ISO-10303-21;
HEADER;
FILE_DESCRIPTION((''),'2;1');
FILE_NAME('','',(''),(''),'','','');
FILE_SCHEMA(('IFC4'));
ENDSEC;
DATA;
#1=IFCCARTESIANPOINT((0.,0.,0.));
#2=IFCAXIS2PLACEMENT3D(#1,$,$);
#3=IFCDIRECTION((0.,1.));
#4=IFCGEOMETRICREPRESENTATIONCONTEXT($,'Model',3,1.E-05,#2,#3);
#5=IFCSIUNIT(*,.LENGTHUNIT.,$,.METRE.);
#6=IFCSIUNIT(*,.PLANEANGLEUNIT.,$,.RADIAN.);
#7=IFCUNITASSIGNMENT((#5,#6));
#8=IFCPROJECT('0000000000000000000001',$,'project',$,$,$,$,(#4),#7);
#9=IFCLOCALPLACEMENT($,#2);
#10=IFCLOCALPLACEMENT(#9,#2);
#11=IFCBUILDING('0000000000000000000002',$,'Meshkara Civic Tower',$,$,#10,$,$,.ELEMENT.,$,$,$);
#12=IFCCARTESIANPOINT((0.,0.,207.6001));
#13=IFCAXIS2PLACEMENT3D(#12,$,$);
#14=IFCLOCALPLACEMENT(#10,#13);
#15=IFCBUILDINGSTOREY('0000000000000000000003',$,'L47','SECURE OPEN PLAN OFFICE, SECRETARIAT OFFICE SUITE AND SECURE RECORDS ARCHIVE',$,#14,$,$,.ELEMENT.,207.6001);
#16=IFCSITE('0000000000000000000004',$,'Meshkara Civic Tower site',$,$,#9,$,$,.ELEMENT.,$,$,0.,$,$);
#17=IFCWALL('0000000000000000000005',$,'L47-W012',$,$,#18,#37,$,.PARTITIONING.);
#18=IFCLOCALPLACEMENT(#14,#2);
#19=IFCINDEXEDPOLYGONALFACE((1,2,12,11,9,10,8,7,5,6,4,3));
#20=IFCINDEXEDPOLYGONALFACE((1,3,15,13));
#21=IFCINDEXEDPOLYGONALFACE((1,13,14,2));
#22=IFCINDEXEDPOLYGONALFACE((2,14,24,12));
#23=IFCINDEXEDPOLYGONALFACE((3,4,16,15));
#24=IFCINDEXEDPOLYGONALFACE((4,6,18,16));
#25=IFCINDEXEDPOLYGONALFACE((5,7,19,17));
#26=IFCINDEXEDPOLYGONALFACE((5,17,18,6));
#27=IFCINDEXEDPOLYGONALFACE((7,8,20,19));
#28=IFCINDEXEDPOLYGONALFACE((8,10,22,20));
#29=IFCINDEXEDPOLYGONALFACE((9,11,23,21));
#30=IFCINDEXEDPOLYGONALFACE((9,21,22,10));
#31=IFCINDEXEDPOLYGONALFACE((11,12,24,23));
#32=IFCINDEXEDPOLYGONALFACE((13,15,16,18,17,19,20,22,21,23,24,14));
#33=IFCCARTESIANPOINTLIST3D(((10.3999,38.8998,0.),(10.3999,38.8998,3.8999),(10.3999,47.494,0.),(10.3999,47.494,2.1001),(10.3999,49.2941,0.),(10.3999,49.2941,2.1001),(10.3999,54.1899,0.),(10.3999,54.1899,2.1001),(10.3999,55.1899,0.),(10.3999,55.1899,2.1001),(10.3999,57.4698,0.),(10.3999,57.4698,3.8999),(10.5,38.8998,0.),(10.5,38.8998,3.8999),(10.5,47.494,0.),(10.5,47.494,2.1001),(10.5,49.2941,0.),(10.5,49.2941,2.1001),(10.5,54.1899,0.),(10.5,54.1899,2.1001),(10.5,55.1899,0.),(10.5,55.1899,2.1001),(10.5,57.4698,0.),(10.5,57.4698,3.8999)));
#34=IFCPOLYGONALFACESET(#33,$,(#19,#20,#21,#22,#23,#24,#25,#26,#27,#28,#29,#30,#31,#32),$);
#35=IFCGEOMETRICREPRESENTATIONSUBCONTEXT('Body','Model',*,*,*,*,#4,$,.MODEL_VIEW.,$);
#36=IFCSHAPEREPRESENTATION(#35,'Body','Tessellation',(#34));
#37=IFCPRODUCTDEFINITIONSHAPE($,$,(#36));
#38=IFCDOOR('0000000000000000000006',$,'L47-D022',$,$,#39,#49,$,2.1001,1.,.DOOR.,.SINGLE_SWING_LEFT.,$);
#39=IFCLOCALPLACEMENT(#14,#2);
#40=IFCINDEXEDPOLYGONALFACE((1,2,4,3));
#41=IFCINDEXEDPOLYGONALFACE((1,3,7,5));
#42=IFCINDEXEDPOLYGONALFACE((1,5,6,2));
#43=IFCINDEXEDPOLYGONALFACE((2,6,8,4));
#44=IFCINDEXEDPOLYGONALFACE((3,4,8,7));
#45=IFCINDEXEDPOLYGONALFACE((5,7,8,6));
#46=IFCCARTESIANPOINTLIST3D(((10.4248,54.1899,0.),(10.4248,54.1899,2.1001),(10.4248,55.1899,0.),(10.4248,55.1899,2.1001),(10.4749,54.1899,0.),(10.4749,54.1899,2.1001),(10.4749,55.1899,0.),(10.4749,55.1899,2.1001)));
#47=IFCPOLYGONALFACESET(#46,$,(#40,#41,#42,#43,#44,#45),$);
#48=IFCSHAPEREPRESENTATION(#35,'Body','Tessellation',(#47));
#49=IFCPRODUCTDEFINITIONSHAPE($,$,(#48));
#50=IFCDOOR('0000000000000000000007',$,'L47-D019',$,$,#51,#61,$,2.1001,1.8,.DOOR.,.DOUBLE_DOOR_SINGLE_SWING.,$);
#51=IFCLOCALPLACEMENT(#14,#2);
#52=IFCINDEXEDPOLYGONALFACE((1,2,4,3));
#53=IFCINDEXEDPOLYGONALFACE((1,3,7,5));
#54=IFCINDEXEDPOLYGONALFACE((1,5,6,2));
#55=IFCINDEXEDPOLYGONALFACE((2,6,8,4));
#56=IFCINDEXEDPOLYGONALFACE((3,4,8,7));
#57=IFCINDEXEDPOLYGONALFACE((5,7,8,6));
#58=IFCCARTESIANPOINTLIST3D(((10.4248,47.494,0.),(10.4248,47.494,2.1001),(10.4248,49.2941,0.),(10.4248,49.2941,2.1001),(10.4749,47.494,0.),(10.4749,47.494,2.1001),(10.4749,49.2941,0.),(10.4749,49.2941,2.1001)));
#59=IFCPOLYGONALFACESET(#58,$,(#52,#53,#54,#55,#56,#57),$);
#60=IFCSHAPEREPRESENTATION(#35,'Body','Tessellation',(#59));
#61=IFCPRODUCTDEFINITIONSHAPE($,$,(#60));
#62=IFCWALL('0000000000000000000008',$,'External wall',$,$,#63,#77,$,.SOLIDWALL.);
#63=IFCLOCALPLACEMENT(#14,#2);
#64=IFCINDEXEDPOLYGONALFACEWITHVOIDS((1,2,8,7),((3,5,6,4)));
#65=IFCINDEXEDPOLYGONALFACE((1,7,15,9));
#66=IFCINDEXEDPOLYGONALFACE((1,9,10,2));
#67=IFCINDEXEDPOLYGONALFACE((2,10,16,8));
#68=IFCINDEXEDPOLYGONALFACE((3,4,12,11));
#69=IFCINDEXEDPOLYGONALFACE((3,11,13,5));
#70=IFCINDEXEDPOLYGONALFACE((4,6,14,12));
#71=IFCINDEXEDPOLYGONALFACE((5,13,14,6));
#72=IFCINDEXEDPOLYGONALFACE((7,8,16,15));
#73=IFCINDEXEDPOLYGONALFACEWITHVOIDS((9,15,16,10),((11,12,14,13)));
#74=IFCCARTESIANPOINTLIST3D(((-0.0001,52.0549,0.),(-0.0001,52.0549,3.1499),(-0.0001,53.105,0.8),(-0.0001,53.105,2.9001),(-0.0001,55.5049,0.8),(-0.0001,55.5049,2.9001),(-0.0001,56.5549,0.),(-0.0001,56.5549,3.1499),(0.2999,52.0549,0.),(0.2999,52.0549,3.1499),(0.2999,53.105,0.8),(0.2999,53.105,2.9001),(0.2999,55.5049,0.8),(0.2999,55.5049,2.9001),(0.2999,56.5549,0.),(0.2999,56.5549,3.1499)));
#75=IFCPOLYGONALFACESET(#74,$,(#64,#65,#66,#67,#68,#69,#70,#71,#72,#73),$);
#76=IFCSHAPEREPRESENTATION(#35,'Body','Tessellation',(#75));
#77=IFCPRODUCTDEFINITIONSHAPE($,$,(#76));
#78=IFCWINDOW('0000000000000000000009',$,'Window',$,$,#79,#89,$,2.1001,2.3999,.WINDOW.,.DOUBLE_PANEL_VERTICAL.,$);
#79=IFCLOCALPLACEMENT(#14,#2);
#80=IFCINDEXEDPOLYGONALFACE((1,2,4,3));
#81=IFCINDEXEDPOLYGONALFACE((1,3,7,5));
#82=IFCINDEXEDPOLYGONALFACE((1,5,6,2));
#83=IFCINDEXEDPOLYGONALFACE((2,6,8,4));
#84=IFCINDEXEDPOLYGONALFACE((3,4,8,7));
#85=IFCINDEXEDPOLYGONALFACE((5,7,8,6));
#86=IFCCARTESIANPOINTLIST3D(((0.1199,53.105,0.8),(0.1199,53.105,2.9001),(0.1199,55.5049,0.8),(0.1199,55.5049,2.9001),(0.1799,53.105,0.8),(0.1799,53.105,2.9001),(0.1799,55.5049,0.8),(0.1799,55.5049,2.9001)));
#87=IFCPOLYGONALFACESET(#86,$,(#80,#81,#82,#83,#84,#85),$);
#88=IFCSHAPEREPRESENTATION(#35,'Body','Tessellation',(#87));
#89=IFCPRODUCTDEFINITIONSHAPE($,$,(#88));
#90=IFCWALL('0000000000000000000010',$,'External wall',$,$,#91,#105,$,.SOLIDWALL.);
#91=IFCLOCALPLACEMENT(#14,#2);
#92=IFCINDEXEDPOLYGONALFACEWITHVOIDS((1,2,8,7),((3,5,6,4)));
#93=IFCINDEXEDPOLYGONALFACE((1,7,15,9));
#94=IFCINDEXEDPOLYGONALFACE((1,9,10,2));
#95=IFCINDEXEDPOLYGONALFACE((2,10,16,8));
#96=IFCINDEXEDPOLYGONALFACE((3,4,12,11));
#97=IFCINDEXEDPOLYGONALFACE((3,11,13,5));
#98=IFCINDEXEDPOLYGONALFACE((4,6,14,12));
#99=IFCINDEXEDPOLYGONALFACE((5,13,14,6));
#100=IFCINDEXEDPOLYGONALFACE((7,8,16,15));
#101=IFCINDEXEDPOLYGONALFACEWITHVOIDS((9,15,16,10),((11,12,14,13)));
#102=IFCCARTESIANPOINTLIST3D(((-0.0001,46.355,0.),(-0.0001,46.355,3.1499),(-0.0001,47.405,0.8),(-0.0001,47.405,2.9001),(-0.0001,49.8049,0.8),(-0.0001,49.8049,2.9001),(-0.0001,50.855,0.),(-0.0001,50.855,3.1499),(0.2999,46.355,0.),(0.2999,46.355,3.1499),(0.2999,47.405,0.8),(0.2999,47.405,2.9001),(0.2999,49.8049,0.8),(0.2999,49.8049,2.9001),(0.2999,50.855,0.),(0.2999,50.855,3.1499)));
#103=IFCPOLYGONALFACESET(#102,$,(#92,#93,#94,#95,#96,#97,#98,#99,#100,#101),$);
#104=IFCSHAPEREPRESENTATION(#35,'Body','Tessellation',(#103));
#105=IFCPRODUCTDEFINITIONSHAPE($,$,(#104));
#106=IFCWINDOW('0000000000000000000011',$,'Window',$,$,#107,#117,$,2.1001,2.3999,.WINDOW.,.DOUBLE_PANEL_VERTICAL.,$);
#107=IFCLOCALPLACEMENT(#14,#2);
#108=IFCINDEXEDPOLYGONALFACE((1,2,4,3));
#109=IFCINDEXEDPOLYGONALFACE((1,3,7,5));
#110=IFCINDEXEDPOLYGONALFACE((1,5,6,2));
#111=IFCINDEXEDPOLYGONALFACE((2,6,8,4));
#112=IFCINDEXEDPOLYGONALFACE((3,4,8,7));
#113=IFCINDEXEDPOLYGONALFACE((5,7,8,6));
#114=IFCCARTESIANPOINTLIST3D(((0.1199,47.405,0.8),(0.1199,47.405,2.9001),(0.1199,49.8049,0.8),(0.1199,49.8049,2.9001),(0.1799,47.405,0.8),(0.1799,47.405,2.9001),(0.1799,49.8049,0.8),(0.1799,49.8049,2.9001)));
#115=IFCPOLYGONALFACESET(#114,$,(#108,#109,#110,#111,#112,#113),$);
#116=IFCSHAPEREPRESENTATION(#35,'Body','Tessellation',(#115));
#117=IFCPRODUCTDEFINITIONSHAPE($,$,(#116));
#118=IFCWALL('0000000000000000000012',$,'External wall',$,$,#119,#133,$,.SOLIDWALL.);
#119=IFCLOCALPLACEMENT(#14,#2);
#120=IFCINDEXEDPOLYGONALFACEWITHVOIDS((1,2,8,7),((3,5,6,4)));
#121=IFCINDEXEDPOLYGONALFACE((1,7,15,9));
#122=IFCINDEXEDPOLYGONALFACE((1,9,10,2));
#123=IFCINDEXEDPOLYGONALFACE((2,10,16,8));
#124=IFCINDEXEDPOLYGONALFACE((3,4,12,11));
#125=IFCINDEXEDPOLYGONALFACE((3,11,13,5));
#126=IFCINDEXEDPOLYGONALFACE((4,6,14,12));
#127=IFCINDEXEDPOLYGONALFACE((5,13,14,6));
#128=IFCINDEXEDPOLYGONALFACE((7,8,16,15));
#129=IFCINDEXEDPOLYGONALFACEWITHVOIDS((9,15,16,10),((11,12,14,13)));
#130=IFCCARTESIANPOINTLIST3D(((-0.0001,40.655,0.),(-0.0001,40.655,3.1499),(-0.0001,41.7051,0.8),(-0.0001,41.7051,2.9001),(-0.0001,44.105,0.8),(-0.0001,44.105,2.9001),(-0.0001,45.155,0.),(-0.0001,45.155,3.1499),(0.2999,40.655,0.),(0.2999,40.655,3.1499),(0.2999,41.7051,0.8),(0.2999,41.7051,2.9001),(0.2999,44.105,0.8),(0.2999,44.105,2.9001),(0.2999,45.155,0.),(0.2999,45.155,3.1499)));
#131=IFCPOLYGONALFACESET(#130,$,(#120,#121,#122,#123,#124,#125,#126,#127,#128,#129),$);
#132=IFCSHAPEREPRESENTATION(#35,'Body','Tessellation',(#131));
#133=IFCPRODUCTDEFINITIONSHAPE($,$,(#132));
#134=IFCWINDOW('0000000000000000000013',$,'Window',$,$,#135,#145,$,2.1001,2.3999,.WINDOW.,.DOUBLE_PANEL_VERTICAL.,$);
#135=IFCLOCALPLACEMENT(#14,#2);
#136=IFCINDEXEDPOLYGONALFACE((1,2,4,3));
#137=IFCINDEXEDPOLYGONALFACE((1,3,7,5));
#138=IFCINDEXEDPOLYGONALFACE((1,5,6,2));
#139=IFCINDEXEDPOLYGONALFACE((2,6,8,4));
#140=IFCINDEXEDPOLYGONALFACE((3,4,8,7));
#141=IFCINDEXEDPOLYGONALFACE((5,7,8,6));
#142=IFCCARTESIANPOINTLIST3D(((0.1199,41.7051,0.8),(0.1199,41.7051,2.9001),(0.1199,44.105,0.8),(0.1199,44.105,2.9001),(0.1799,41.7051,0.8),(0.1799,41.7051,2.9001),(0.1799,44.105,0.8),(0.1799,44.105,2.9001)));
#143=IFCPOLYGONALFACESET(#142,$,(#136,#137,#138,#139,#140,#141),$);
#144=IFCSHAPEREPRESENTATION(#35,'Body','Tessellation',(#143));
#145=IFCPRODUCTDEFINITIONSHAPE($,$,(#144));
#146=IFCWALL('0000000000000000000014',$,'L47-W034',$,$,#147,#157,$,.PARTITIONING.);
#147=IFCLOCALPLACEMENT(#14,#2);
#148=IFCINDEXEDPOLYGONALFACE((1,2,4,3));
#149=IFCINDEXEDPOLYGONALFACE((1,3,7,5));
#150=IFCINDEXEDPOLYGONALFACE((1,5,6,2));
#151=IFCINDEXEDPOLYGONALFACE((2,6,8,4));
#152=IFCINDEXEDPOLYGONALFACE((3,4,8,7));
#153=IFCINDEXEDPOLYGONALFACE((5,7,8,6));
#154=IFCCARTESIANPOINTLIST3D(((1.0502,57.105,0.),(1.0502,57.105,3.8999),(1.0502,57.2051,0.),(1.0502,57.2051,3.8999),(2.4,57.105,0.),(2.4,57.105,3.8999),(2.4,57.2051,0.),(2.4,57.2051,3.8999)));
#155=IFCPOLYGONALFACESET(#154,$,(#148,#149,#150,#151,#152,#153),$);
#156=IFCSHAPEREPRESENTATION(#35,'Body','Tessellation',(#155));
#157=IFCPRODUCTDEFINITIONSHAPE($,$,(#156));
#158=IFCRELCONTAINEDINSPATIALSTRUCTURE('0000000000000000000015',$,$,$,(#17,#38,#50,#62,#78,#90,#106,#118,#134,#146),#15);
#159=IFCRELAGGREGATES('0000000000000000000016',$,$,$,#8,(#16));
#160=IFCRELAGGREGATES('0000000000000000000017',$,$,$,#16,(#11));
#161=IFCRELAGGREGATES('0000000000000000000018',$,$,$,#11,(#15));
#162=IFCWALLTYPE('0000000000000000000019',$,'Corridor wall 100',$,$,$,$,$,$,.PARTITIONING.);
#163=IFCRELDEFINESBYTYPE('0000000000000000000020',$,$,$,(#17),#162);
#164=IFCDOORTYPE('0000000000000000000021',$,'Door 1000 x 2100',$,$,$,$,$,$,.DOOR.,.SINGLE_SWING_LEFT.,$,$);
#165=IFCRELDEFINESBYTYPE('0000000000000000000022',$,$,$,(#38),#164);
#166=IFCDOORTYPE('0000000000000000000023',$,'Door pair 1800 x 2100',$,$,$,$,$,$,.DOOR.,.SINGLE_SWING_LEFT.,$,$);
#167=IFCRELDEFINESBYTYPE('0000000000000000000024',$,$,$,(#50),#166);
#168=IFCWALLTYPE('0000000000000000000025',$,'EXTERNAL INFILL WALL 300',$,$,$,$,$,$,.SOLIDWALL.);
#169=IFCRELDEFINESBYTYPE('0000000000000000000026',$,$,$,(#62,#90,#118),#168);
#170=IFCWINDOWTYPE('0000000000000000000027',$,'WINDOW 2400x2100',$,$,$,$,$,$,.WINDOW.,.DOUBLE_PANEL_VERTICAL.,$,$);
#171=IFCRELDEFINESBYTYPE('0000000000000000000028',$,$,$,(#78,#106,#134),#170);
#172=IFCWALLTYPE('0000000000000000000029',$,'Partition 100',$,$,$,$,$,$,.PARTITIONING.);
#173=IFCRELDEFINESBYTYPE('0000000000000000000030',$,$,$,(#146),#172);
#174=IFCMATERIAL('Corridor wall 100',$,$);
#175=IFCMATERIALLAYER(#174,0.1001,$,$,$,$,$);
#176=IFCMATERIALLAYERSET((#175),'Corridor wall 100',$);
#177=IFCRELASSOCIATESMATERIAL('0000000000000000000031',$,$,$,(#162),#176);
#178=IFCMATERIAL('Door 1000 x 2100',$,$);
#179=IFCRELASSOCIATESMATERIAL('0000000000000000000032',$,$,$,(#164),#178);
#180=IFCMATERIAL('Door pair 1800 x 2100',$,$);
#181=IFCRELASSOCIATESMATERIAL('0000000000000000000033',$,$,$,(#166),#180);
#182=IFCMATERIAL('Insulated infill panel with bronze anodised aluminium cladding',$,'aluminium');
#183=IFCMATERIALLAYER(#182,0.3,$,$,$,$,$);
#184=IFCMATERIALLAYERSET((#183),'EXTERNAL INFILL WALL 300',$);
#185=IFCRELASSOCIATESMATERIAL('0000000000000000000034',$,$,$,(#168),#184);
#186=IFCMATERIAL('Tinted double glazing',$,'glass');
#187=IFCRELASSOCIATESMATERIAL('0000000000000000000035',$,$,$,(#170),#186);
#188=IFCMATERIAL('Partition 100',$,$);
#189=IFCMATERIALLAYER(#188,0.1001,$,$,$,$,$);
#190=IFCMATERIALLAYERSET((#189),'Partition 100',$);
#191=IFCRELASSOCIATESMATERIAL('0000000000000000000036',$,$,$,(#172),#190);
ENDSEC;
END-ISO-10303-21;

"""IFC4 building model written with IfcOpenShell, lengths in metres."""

from ifc_helpers import new_model, si_unit, direction, frame, frame_2d, origin, place, context, subcontext, project, spatial, rectangle, extrude, material, layer, layer_set, type_object, element, fill, save


model = new_model("IFC4")

# Units and contexts
model_context = context("Model", 3, precision=1e-05, world=origin(), true_north=direction((0.0, 1.0)))
body_context = subcontext(model_context, "Body", "Model", "MODEL_VIEW")
ifc_project = project(units=[si_unit("LENGTHUNIT", "METRE"), si_unit("PLANEANGLEUNIT", "RADIAN")], contexts=[model_context])

# Site, building, storey
site_placement = place(None, origin())
site = spatial("IfcSite", under=ifc_project, at=site_placement, Name="Meshkara Civic Tower site", CompositionType="ELEMENT", RefElevation=0.0)
building_placement = place(site_placement, origin())
building = spatial("IfcBuilding", under=site, at=building_placement, Name="Meshkara Civic Tower", CompositionType="ELEMENT")
storey_placement = place(building_placement, frame((0.0, 0.0, 207.6001)))
storey = spatial("IfcBuildingStorey", under=building, at=storey_placement, Name="L47", Description="SECURE OPEN PLAN OFFICE, SECRETARIAT OFFICE SUITE AND SECURE RECORDS ARCHIVE", CompositionType="ELEMENT", Elevation=207.6001)

# Shared definitions
ifc_material_1 = material(Name="Corridor wall 100")
ifc_layer_1 = layer(ifc_material_1, 0.1001)
ifc_layer_set_1 = layer_set([ifc_layer_1], Name="Corridor wall 100")
wall_type_1 = type_object("IfcWallType", Name="Corridor wall 100", PredefinedType="PARTITIONING", material=ifc_layer_set_1)

# Wall, openings, doors
wall_1_placement = place(storey_placement, frame((10.45, 57.47, 0.0), z_axis=(0.0, 0.0, 1.0), x_axis=(0.0, -1.0, 0.0)))
wall_1 = element("IfcWall", 1, at=wall_1_placement, inside=storey, type_object=wall_type_1, Name="L47-W012", PredefinedType="PARTITIONING", context=body_context, shape_type="SweptSolid", body=[
    extrude(rectangle(XDim=18.5701, YDim=0.1001, at=frame_2d((9.2852, 0.0))), origin(), (0.0, 0.0, 1.0), 3.8999),
])
opening_1_placement = place(wall_1_placement, frame((8.176, 0.0, 0.0)))
opening_1 = element("IfcOpeningElement", 2, at=opening_1_placement, cuts=wall_1, PredefinedType="OPENING", context=body_context, shape_type="SweptSolid", body=[
    extrude(rectangle(XDim=1.8, YDim=2.1001, at=frame_2d((0.8999, 1.05))), frame((0.0, 0.0601, 0.0), z_axis=(0.0, -1.0, 0.0), x_axis=(1.0, 0.0, 0.0)), (0.0, 0.0, 1.0), 0.1201),
])
opening_2_placement = place(wall_1_placement, frame((2.28, 0.0, 0.0)))
opening_2 = element("IfcOpeningElement", 3, at=opening_2_placement, cuts=wall_1, PredefinedType="OPENING", context=body_context, shape_type="SweptSolid", body=[
    extrude(rectangle(XDim=1.0, YDim=2.1001, at=frame_2d((0.5, 1.05))), frame((0.0, 0.0601, 0.0), z_axis=(0.0, -1.0, 0.0), x_axis=(1.0, 0.0, 0.0)), (0.0, 0.0, 1.0), 0.1201),
])
ifc_material_2 = material(Name="Door 1000 x 2100")
door_type_1 = type_object("IfcDoorType", Name="Door 1000 x 2100", OperationType="SINGLE_SWING_LEFT", PredefinedType="DOOR", material=ifc_material_2)
door_1_placement = place(opening_2_placement, origin())
door_1 = element("IfcDoor", 4, at=door_1_placement, inside=storey, type_object=door_type_1, Name="L47-D022", OperationType="SINGLE_SWING_LEFT", OverallHeight=2.1001, OverallWidth=1.0, PredefinedType="DOOR", context=body_context, shape_type="SweptSolid", body=[
    extrude(rectangle(XDim=1.0, YDim=2.1001, at=frame_2d((0.5, 1.05))), frame((0.0, 0.0249, 0.0), z_axis=(0.0, -1.0, 0.0), x_axis=(1.0, 0.0, 0.0)), (0.0, 0.0, 1.0), 0.05),
])
fill(opening_2, door_1)
ifc_material_3 = material(Name="Door pair 1800 x 2100")
door_type_2 = type_object("IfcDoorType", Name="Door pair 1800 x 2100", OperationType="SINGLE_SWING_LEFT", PredefinedType="DOOR", material=ifc_material_3)
door_2_placement = place(opening_1_placement, origin())
door_2 = element("IfcDoor", 5, at=door_2_placement, inside=storey, type_object=door_type_2, Name="L47-D019", OperationType="DOUBLE_DOOR_SINGLE_SWING", OverallHeight=2.1001, OverallWidth=1.8, PredefinedType="DOOR", context=body_context, shape_type="SweptSolid", body=[
    extrude(rectangle(XDim=1.8, YDim=2.1001, at=frame_2d((0.8999, 1.05))), frame((0.0, 0.0249, 0.0), z_axis=(0.0, -1.0, 0.0), x_axis=(1.0, 0.0, 0.0)), (0.0, 0.0, 1.0), 0.05),
])
fill(opening_1, door_2)

# Walls, openings, windows
ifc_material_4 = material(Name="Insulated infill panel with bronze anodised aluminium cladding", Category="aluminium")
ifc_layer_2 = layer(ifc_material_4, 0.3)
ifc_layer_set_2 = layer_set([ifc_layer_2], Name="EXTERNAL INFILL WALL 300")
wall_type_2 = type_object("IfcWallType", Name="EXTERNAL INFILL WALL 300", PredefinedType="SOLIDWALL", material=ifc_layer_set_2)
wall_2_placement = place(storey_placement, frame((0.1499, 56.5549, 0.0), z_axis=(0.0, 0.0, 1.0), x_axis=(0.0, -1.0, 0.0)))
wall_2 = element("IfcWall", 6, at=wall_2_placement, inside=storey, type_object=wall_type_2, Name="External wall", PredefinedType="SOLIDWALL", context=body_context, shape_type="SweptSolid", body=[
    extrude(rectangle(XDim=4.5, YDim=0.3, at=frame_2d((2.25, 0.0))), origin(), (0.0, 0.0, 1.0), 3.1499),
])
opening_3_placement = place(wall_2_placement, frame((1.05, 0.0, 0.8)))
opening_3 = element("IfcOpeningElement", 7, at=opening_3_placement, cuts=wall_2, PredefinedType="OPENING", context=body_context, shape_type="SweptSolid", body=[
    extrude(rectangle(XDim=2.3999, YDim=2.1001, at=frame_2d((1.2, 1.05))), frame((0.0, 0.1599, 0.0), z_axis=(0.0, -1.0, 0.0), x_axis=(1.0, 0.0, 0.0)), (0.0, 0.0, 1.0), 0.3201),
])
ifc_material_5 = material(Name="Tinted double glazing", Category="glass")
window_type = type_object("IfcWindowType", Name="WINDOW 2400x2100", PartitioningType="DOUBLE_PANEL_VERTICAL", PredefinedType="WINDOW", material=ifc_material_5)
window_1_placement = place(opening_3_placement, origin())
window_1 = element("IfcWindow", 8, at=window_1_placement, inside=storey, type_object=window_type, Name="Window", OverallHeight=2.1001, OverallWidth=2.3999, PartitioningType="DOUBLE_PANEL_VERTICAL", PredefinedType="WINDOW", context=body_context, shape_type="SweptSolid", body=[
    extrude(rectangle(XDim=2.3999, YDim=2.1001, at=frame_2d((1.2, 1.05))), frame((0.0, 0.03, 0.0), z_axis=(0.0, -1.0, 0.0), x_axis=(1.0, 0.0, 0.0)), (0.0, 0.0, 1.0), 0.0601),
])
fill(opening_3, window_1)
wall_3_placement = place(storey_placement, frame((0.1499, 50.855, 0.0), z_axis=(0.0, 0.0, 1.0), x_axis=(0.0, -1.0, 0.0)))
wall_3 = element("IfcWall", 9, at=wall_3_placement, inside=storey, type_object=wall_type_2, Name="External wall", PredefinedType="SOLIDWALL", context=body_context, shape_type="SweptSolid", body=[
    extrude(rectangle(XDim=4.5, YDim=0.3, at=frame_2d((2.25, 0.0))), origin(), (0.0, 0.0, 1.0), 3.1499),
])
opening_4_placement = place(wall_3_placement, frame((1.05, 0.0, 0.8)))
opening_4 = element("IfcOpeningElement", 10, at=opening_4_placement, cuts=wall_3, PredefinedType="OPENING", context=body_context, shape_type="SweptSolid", body=[
    extrude(rectangle(XDim=2.3999, YDim=2.1001, at=frame_2d((1.2, 1.05))), frame((0.0, 0.1599, 0.0), z_axis=(0.0, -1.0, 0.0), x_axis=(1.0, 0.0, 0.0)), (0.0, 0.0, 1.0), 0.3201),
])
window_2_placement = place(opening_4_placement, origin())
window_2 = element("IfcWindow", 11, at=window_2_placement, inside=storey, type_object=window_type, Name="Window", OverallHeight=2.1001, OverallWidth=2.3999, PartitioningType="DOUBLE_PANEL_VERTICAL", PredefinedType="WINDOW", context=body_context, shape_type="SweptSolid", body=[
    extrude(rectangle(XDim=2.3999, YDim=2.1001, at=frame_2d((1.2, 1.05))), frame((0.0, 0.03, 0.0), z_axis=(0.0, -1.0, 0.0), x_axis=(1.0, 0.0, 0.0)), (0.0, 0.0, 1.0), 0.0601),
])
fill(opening_4, window_2)
wall_4_placement = place(storey_placement, frame((0.1499, 45.155, 0.0), z_axis=(0.0, 0.0, 1.0), x_axis=(0.0, -1.0, 0.0)))
wall_4 = element("IfcWall", 12, at=wall_4_placement, inside=storey, type_object=wall_type_2, Name="External wall", PredefinedType="SOLIDWALL", context=body_context, shape_type="SweptSolid", body=[
    extrude(rectangle(XDim=4.5, YDim=0.3, at=frame_2d((2.25, 0.0))), origin(), (0.0, 0.0, 1.0), 3.1499),
])
opening_5_placement = place(wall_4_placement, frame((1.05, 0.0, 0.8)))
opening_5 = element("IfcOpeningElement", 13, at=opening_5_placement, cuts=wall_4, PredefinedType="OPENING", context=body_context, shape_type="SweptSolid", body=[
    extrude(rectangle(XDim=2.3999, YDim=2.1001, at=frame_2d((1.2, 1.05))), frame((0.0, 0.1599, 0.0), z_axis=(0.0, -1.0, 0.0), x_axis=(1.0, 0.0, 0.0)), (0.0, 0.0, 1.0), 0.3201),
])
window_3_placement = place(opening_5_placement, origin())
window_3 = element("IfcWindow", 14, at=window_3_placement, inside=storey, type_object=window_type, Name="Window", OverallHeight=2.1001, OverallWidth=2.3999, PartitioningType="DOUBLE_PANEL_VERTICAL", PredefinedType="WINDOW", context=body_context, shape_type="SweptSolid", body=[
    extrude(rectangle(XDim=2.3999, YDim=2.1001, at=frame_2d((1.2, 1.05))), frame((0.0, 0.03, 0.0), z_axis=(0.0, -1.0, 0.0), x_axis=(1.0, 0.0, 0.0)), (0.0, 0.0, 1.0), 0.0601),
])
fill(opening_5, window_3)

# Wall
ifc_material_6 = material(Name="Partition 100")
ifc_layer_3 = layer(ifc_material_6, 0.1001)
ifc_layer_set_3 = layer_set([ifc_layer_3], Name="Partition 100")
wall_type_3 = type_object("IfcWallType", Name="Partition 100", PredefinedType="PARTITIONING", material=ifc_layer_set_3)
wall_5_placement = place(storey_placement, frame((2.3999, 57.155, 0.0), z_axis=(0.0, 0.0, 1.0), x_axis=(-1.0, 0.0, 0.0)))
element("IfcWall", 15, at=wall_5_placement, inside=storey, type_object=wall_type_3, Name="L47-W034", PredefinedType="PARTITIONING", context=body_context, shape_type="SweptSolid", body=[
    extrude(rectangle(XDim=1.3499, YDim=0.1001, at=frame_2d((0.6748, 0.0))), origin(), (0.0, 0.0, 1.0), 3.8999),
])

save(model, "model.ifc")
